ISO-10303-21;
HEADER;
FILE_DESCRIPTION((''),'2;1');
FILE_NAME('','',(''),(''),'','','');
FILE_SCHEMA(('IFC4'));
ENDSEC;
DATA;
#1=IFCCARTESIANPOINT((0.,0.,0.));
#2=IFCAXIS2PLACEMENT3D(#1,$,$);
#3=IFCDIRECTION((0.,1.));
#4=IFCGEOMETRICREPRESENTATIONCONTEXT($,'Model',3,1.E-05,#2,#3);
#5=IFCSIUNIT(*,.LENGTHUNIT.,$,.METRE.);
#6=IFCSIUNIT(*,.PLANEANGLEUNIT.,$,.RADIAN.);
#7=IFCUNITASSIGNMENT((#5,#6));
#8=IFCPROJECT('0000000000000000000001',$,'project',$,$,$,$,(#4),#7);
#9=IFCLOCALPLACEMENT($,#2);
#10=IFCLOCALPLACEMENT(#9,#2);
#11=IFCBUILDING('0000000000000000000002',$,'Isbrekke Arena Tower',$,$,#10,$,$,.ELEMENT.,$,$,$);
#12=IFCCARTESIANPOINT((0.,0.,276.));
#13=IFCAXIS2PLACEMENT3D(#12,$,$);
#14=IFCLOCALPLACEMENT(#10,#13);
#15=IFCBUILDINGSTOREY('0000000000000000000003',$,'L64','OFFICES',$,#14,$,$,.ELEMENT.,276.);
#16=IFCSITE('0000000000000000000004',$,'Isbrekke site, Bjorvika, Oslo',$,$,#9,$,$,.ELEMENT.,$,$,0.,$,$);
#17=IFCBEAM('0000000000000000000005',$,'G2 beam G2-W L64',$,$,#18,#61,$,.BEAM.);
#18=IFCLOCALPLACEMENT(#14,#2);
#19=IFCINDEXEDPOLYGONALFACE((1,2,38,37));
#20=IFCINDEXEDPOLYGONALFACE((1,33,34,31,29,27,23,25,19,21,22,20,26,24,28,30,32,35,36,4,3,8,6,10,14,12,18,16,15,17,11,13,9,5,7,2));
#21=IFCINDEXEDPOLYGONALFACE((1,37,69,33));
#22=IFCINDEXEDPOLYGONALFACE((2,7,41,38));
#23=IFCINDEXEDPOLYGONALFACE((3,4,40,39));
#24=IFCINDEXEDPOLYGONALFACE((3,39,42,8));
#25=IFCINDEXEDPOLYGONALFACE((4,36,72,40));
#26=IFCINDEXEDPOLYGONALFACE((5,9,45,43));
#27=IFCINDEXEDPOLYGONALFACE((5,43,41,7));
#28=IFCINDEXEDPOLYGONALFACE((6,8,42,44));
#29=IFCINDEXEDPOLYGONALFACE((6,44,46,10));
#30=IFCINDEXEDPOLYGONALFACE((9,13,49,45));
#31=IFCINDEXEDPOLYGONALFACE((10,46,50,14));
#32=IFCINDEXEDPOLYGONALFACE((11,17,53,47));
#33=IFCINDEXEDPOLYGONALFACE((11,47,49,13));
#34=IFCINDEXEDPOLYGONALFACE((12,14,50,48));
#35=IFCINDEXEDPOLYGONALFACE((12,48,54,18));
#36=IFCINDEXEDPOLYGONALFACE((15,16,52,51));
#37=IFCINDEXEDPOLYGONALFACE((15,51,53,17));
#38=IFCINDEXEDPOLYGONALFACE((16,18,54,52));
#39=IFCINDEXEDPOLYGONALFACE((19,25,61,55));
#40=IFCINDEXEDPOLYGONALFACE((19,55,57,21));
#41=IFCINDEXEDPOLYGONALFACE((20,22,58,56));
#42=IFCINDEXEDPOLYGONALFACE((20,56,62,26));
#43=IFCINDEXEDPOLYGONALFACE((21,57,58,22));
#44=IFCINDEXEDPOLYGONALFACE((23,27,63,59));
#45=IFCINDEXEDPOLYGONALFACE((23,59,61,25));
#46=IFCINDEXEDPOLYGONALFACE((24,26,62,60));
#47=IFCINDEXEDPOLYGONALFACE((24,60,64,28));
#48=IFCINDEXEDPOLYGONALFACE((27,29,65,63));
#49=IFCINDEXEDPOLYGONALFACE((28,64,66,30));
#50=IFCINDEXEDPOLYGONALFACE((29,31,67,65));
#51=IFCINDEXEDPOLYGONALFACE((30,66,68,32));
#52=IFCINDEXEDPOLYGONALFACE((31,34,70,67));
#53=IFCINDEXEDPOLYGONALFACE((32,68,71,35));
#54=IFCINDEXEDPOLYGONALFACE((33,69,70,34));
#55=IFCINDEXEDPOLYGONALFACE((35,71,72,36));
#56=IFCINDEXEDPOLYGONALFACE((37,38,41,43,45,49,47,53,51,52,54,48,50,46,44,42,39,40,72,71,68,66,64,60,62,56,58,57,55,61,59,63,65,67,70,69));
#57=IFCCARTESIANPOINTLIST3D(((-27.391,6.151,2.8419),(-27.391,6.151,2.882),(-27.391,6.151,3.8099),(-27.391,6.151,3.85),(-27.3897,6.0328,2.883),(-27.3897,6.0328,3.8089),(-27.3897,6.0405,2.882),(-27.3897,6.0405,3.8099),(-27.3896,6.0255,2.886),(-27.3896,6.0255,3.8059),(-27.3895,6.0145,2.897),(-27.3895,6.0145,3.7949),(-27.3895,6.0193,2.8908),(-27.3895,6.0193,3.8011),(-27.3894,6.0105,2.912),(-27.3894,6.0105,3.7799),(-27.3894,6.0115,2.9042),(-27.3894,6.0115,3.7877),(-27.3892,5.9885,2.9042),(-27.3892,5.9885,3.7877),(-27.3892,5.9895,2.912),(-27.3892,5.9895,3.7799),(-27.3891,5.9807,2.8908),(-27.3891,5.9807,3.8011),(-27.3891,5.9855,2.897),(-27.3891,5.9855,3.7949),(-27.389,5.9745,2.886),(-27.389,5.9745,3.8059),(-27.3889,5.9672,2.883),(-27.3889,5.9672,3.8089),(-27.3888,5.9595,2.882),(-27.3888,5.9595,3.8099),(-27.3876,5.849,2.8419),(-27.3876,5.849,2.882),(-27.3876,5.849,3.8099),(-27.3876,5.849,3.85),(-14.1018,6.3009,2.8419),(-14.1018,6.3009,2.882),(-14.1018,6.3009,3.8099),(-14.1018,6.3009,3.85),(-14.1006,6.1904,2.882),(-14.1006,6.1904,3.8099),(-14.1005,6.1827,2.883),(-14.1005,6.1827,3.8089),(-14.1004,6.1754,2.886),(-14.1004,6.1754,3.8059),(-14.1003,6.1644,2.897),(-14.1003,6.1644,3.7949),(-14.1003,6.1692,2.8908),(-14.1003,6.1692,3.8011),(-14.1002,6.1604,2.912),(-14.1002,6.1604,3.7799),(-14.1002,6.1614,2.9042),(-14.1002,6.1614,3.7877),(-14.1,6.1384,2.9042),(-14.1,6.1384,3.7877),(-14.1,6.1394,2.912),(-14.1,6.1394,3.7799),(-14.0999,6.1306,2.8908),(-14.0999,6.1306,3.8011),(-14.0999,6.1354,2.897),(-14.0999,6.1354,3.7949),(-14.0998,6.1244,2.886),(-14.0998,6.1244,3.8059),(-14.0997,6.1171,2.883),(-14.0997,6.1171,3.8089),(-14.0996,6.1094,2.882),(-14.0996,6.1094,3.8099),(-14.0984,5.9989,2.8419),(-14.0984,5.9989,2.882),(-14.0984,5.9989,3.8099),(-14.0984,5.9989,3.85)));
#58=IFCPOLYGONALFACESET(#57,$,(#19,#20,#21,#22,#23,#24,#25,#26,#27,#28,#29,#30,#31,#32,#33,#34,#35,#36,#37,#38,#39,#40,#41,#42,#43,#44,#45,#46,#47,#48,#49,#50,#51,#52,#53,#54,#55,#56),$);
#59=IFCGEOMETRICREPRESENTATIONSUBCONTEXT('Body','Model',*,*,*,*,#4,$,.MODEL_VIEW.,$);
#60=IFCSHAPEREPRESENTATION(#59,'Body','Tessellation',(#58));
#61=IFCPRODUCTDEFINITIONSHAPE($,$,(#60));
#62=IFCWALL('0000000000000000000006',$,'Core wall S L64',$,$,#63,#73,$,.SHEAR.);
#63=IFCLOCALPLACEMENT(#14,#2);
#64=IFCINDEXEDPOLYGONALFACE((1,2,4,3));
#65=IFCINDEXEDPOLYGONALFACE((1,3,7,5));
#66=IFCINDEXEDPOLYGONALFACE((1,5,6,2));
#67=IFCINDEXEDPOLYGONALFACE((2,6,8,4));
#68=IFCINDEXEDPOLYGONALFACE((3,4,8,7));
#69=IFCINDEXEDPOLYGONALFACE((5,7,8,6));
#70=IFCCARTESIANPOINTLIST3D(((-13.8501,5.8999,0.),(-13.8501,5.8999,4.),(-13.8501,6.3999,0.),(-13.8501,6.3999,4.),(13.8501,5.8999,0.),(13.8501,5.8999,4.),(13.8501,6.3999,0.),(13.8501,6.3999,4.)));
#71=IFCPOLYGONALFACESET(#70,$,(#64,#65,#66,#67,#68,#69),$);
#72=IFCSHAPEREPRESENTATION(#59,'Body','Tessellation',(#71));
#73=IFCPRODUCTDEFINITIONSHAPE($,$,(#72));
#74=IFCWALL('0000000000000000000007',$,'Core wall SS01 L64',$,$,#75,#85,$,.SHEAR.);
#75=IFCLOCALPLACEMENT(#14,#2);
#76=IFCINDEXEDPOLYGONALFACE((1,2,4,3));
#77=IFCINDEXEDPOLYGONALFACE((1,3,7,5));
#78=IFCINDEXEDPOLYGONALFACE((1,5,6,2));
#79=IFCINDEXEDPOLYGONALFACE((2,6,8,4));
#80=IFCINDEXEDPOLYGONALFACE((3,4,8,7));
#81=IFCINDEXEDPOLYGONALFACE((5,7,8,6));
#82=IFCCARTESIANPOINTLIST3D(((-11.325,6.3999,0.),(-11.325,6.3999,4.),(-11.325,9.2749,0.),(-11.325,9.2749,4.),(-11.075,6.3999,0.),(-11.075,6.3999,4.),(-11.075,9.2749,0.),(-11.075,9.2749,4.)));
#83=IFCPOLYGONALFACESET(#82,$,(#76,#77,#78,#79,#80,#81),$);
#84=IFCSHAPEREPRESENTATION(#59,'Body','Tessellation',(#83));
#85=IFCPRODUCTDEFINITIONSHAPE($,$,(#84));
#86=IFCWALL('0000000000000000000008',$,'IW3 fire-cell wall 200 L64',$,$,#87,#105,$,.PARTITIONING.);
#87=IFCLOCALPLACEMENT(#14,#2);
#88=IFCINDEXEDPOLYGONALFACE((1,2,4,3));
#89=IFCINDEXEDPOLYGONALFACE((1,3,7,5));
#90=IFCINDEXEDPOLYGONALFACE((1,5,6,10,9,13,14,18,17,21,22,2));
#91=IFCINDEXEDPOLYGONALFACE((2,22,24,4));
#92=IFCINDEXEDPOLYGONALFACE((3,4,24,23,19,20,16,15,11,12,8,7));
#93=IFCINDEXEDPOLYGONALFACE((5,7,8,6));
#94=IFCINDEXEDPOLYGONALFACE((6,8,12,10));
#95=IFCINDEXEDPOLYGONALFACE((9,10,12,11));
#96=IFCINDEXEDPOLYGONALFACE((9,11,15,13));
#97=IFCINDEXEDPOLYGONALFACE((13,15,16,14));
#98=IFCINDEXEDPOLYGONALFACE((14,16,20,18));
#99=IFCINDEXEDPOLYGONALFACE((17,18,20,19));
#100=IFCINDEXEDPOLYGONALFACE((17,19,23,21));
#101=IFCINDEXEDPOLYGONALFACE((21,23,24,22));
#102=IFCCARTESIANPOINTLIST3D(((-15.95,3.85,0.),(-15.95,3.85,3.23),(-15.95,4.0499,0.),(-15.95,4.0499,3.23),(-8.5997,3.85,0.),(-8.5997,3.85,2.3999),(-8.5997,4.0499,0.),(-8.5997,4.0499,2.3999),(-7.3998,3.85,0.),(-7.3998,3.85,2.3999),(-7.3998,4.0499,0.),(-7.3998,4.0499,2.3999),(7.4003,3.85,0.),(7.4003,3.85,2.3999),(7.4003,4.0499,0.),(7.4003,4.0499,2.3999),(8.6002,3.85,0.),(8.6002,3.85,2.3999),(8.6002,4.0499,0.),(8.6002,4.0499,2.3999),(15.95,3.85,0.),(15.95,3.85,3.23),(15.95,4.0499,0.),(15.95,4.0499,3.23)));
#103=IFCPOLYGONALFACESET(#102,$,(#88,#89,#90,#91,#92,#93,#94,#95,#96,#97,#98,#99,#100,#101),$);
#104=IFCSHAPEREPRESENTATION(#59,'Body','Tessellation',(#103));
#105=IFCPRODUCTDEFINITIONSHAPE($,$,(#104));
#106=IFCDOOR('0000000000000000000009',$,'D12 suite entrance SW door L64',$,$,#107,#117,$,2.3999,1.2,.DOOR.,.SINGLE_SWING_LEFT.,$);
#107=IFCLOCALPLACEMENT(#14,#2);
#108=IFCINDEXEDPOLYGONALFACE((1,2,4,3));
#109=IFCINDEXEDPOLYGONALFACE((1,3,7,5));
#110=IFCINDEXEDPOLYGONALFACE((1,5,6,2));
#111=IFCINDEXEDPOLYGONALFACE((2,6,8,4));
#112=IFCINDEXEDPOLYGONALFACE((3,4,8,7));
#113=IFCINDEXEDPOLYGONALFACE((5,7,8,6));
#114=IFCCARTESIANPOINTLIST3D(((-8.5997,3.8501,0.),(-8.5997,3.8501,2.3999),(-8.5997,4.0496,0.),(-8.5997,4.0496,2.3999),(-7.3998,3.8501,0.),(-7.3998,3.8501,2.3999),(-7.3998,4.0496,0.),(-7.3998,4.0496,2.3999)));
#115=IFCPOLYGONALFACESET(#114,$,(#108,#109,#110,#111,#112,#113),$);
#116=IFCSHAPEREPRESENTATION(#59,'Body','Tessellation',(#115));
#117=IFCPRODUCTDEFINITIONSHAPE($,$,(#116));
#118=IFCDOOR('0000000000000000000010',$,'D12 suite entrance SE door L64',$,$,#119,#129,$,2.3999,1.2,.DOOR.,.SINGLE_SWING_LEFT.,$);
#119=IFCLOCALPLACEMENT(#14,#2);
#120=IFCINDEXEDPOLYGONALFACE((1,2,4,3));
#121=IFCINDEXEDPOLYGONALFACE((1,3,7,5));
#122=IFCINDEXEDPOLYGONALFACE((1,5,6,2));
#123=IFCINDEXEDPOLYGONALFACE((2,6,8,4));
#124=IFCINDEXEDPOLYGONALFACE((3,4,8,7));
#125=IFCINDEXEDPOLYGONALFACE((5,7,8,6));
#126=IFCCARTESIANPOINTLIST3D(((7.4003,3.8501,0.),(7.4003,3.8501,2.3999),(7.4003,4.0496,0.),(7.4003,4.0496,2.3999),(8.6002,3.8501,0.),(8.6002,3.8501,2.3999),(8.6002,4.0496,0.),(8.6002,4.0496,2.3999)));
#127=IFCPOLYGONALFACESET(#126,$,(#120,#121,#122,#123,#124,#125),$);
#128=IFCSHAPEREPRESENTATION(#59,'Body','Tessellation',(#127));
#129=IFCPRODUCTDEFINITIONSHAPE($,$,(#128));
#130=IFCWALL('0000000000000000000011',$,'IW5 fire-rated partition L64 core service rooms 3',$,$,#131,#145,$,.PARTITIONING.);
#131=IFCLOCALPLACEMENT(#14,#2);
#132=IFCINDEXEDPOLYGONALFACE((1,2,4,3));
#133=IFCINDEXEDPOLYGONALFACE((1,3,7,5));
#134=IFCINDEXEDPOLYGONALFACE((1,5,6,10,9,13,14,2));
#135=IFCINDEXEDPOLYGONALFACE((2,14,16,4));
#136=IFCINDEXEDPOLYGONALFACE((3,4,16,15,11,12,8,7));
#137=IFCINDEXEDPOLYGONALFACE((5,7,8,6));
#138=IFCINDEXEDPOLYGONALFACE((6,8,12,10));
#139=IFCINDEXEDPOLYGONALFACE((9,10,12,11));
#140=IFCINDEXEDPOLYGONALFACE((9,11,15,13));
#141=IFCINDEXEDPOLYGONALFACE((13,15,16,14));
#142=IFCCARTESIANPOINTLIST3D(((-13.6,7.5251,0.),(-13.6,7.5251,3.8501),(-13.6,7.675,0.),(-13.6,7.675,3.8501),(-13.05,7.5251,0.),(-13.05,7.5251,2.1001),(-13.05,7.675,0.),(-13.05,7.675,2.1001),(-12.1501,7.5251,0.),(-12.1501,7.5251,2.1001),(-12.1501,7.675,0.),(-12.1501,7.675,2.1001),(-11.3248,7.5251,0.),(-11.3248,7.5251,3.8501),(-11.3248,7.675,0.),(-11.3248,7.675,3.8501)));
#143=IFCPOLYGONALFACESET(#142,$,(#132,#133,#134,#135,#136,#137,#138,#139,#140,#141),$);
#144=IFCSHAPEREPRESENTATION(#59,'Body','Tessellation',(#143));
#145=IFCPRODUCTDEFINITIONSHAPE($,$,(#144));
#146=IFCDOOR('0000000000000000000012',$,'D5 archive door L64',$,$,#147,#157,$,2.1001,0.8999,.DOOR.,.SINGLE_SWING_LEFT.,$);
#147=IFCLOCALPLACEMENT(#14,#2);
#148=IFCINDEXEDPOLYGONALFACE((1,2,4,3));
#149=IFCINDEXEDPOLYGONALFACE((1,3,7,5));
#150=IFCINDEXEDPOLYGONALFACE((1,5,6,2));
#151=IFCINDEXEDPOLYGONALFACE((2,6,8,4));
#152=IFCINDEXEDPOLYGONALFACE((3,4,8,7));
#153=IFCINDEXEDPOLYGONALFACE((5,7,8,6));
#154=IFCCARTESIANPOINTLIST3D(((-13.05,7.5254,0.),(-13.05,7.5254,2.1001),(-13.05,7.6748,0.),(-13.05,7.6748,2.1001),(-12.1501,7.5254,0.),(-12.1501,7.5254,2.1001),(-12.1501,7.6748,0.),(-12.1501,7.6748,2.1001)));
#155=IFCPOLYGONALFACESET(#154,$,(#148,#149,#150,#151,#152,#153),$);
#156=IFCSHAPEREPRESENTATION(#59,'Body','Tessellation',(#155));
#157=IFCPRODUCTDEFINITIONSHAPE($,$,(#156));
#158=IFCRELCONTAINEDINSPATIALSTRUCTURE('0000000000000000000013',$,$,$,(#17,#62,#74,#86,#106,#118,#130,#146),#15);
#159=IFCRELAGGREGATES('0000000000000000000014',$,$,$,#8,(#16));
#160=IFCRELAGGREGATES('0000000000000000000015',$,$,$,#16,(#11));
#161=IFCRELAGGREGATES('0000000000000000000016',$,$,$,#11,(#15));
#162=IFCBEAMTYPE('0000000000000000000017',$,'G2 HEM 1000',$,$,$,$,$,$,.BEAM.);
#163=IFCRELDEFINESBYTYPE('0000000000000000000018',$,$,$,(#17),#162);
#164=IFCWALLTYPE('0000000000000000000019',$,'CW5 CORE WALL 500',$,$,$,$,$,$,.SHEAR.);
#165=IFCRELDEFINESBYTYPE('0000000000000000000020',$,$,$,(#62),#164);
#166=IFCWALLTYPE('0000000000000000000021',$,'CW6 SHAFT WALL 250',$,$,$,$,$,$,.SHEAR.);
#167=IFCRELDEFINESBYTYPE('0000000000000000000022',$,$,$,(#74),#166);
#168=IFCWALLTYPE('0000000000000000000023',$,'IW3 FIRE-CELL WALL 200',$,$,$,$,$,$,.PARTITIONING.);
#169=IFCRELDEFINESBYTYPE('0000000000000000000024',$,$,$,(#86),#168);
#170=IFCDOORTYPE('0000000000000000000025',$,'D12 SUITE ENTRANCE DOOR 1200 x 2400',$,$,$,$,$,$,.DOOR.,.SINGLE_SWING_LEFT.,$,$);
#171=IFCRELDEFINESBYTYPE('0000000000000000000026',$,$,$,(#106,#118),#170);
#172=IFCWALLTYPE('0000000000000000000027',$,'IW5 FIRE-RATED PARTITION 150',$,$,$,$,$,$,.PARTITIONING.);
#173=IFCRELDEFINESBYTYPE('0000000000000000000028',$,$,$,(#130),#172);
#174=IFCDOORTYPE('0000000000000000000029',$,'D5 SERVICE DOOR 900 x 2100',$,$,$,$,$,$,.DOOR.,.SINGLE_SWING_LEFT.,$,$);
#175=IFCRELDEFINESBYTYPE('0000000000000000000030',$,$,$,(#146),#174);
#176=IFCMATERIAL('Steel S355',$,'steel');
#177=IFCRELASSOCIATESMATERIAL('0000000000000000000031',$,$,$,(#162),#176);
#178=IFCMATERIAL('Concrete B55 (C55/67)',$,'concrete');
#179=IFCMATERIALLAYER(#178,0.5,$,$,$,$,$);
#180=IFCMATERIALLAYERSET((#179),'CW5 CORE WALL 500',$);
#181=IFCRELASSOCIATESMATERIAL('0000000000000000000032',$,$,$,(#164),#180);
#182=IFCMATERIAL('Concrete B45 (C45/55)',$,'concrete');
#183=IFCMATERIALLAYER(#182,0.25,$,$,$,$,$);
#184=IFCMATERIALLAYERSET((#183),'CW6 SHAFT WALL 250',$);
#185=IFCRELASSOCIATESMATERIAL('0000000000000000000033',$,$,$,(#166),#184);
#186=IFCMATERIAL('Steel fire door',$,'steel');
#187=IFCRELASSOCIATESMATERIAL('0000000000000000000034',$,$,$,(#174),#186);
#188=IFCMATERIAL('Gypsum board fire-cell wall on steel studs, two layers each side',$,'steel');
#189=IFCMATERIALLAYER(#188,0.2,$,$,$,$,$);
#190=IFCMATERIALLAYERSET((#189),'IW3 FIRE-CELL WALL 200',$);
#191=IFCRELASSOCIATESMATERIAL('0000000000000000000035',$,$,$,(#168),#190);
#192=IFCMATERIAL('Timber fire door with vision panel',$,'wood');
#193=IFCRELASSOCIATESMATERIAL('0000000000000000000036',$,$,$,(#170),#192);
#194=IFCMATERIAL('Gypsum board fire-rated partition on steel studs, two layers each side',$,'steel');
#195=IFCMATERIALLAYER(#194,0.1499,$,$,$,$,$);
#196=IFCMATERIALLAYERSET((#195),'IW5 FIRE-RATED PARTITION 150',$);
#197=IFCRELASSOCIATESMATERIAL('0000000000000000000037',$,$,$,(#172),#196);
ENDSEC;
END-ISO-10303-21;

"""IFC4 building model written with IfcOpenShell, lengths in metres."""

from ifc_helpers import new_model, si_unit, direction, frame, frame_2d, origin, origin_2d, place, context, subcontext, project, spatial, rectangle, i_section, extrude, material, layer, layer_set, material_profile, profile_set, type_object, element, fill, save


model = new_model("IFC4")

# Units and contexts
model_context = context("Model", 3, precision=1e-05, world=origin(), true_north=direction((0.0, 1.0)))
body_context = subcontext(model_context, "Body", "Model", "MODEL_VIEW")
ifc_project = project(units=[si_unit("LENGTHUNIT", "METRE"), si_unit("PLANEANGLEUNIT", "RADIAN")], contexts=[model_context])

# Site, building, storey
site_placement = place(None, origin())
site = spatial("IfcSite", under=ifc_project, at=site_placement, Name="Isbrekke site, Bjorvika, Oslo", CompositionType="ELEMENT", RefElevation=0.0)
building_placement = place(site_placement, origin())
building = spatial("IfcBuilding", under=site, at=building_placement, Name="Isbrekke Arena Tower", CompositionType="ELEMENT")
storey_placement = place(building_placement, frame((0.0, 0.0, 276.0)))
storey = spatial("IfcBuildingStorey", under=building, at=storey_placement, Name="L64", Description="OFFICES", CompositionType="ELEMENT", Elevation=276.0)

# Beam
ifc_material_1 = material(Name="Steel S355", Category="steel")
ifc_material_profile = material_profile(ifc_material_1, i_section(OverallWidth=0.302, OverallDepth=1.0081, WebThickness=0.021, FlangeThickness=0.04, FilletRadius=0.03, at=origin_2d()), Name="HEM 1000")
ifc_profile_set = profile_set([ifc_material_profile], Name="Steel S355")
beam_type = type_object("IfcBeamType", Name="G2 HEM 1000", PredefinedType="BEAM", material=ifc_profile_set)
beam_placement = place(storey_placement, frame((-14.1001, 6.1499, 3.3459), z_axis=(-0.999936, -0.011279, 0.0), x_axis=(0.011279, -0.999936, 0.0)))
element("IfcBeam", 1, at=beam_placement, inside=storey, type_object=beam_type, Name="G2 beam G2-W L64", PredefinedType="BEAM", context=body_context, shape_type="SweptSolid", body=[
    extrude(i_section(OverallWidth=0.302, OverallDepth=1.0081, WebThickness=0.021, FlangeThickness=0.04, FilletRadius=0.03, at=origin_2d()), origin(), (0.0, 0.0, 1.0), 13.29),
])

# Wall
ifc_material_2 = material(Name="Concrete B55 (C55/67)", Category="concrete")
ifc_layer_1 = layer(ifc_material_2, 0.5)
ifc_layer_set_1 = layer_set([ifc_layer_1], Name="CW5 CORE WALL 500")
wall_type_1 = type_object("IfcWallType", Name="CW5 CORE WALL 500", PredefinedType="SHEAR", material=ifc_layer_set_1)
wall_1_placement = place(storey_placement, frame((-13.8501, 6.1499, 0.0), z_axis=(0.0, 0.0, 1.0), x_axis=(1.0, 0.0, 0.0)))
element("IfcWall", 2, at=wall_1_placement, inside=storey, type_object=wall_type_1, Name="Core wall S L64", PredefinedType="SHEAR", context=body_context, shape_type="SweptSolid", body=[
    extrude(rectangle(XDim=27.7002, YDim=0.5, at=frame_2d((13.8501, 0.0))), origin(), (0.0, 0.0, 1.0), 4.0),
])

# Shared definitions
ifc_material_3 = material(Name="Concrete B45 (C45/55)", Category="concrete")
ifc_layer_2 = layer(ifc_material_3, 0.25)
ifc_layer_set_2 = layer_set([ifc_layer_2], Name="CW6 SHAFT WALL 250")
wall_type_2 = type_object("IfcWallType", Name="CW6 SHAFT WALL 250", PredefinedType="SHEAR", material=ifc_layer_set_2)
ifc_material_4 = material(Name="Steel fire door", Category="steel")
door_type_1 = type_object("IfcDoorType", Name="D5 SERVICE DOOR 900 x 2100", OperationType="SINGLE_SWING_LEFT", PredefinedType="DOOR", material=ifc_material_4)

# Wall
wall_2_placement = place(storey_placement, frame((-11.2, 6.3999, 0.0), z_axis=(0.0, 0.0, 1.0), x_axis=(0.0, 1.0, 0.0)))
element("IfcWall", 3, at=wall_2_placement, inside=storey, type_object=wall_type_2, Name="Core wall SS01 L64", PredefinedType="SHEAR", context=body_context, shape_type="SweptSolid", body=[
    extrude(rectangle(XDim=2.875, YDim=0.25, at=frame_2d((1.4375, 0.0))), origin(), (0.0, 0.0, 1.0), 4.0),
])

# Wall, openings, doors
ifc_material_5 = material(Name="Gypsum board fire-cell wall on steel studs, two layers each side", Category="steel")
ifc_layer_3 = layer(ifc_material_5, 0.2)
ifc_layer_set_3 = layer_set([ifc_layer_3], Name="IW3 FIRE-CELL WALL 200")
wall_type_3 = type_object("IfcWallType", Name="IW3 FIRE-CELL WALL 200", PredefinedType="PARTITIONING", material=ifc_layer_set_3)
wall_3_placement = place(storey_placement, frame((-15.95, 3.95, 0.0), z_axis=(0.0, 0.0, 1.0), x_axis=(1.0, 0.0, 0.0)))
wall_3 = element("IfcWall", 4, at=wall_3_placement, inside=storey, type_object=wall_type_3, Name="IW3 fire-cell wall 200 L64", PredefinedType="PARTITIONING", context=body_context, shape_type="SweptSolid", body=[
    extrude(rectangle(XDim=31.8999, YDim=0.2, at=frame_2d((15.95, 0.0))), origin(), (0.0, 0.0, 1.0), 3.23),
])
opening_1_placement = place(wall_3_placement, frame((7.3501, 0.0, 0.0)))
opening_1 = element("IfcOpeningElement", 5, at=opening_1_placement, cuts=wall_3, PredefinedType="OPENING", context=body_context, shape_type="SweptSolid", body=[
    extrude(rectangle(XDim=1.2, YDim=2.3999, at=frame_2d((0.6001, 1.2))), frame((0.0, 0.1147, 0.0), z_axis=(0.0, -1.0, 0.0), x_axis=(1.0, 0.0, 0.0)), (0.0, 0.0, 1.0), 0.2297),
])
opening_2_placement = place(wall_3_placement, frame((23.3501, 0.0, 0.0)))
opening_2 = element("IfcOpeningElement", 6, at=opening_2_placement, cuts=wall_3, PredefinedType="OPENING", context=body_context, shape_type="SweptSolid", body=[
    extrude(rectangle(XDim=1.2, YDim=2.3999, at=frame_2d((0.6001, 1.2))), frame((0.0, 0.1147, 0.0), z_axis=(0.0, -1.0, 0.0), x_axis=(1.0, 0.0, 0.0)), (0.0, 0.0, 1.0), 0.2297),
])
ifc_material_6 = material(Name="Timber fire door with vision panel", Category="wood")
door_type_2 = type_object("IfcDoorType", Name="D12 SUITE ENTRANCE DOOR 1200 x 2400", OperationType="SINGLE_SWING_LEFT", PredefinedType="DOOR", material=ifc_material_6)
door_1_placement = place(opening_1_placement, origin())
door_1 = element("IfcDoor", 7, at=door_1_placement, inside=storey, type_object=door_type_2, Name="D12 suite entrance SW door L64", OperationType="SINGLE_SWING_LEFT", OverallHeight=2.3999, OverallWidth=1.2, PredefinedType="DOOR", context=body_context, shape_type="SweptSolid", body=[
    extrude(rectangle(XDim=1.2, YDim=2.3999, at=frame_2d((0.6001, 1.2))), frame((0.0, 0.0996, 0.0), z_axis=(0.0, -1.0, 0.0), x_axis=(1.0, 0.0, 0.0)), (0.0, 0.0, 1.0), 0.1995),
])
fill(opening_1, door_1)
door_2_placement = place(opening_2_placement, origin())
door_2 = element("IfcDoor", 8, at=door_2_placement, inside=storey, type_object=door_type_2, Name="D12 suite entrance SE door L64", OperationType="SINGLE_SWING_LEFT", OverallHeight=2.3999, OverallWidth=1.2, PredefinedType="DOOR", context=body_context, shape_type="SweptSolid", body=[
    extrude(rectangle(XDim=1.2, YDim=2.3999, at=frame_2d((0.6001, 1.2))), frame((0.0, 0.0996, 0.0), z_axis=(0.0, -1.0, 0.0), x_axis=(1.0, 0.0, 0.0)), (0.0, 0.0, 1.0), 0.1995),
])
fill(opening_2, door_2)

# Wall, opening, door
ifc_material_7 = material(Name="Gypsum board fire-rated partition on steel studs, two layers each side", Category="steel")
ifc_layer_4 = layer(ifc_material_7, 0.1499)
ifc_layer_set_4 = layer_set([ifc_layer_4], Name="IW5 FIRE-RATED PARTITION 150")
wall_type_4 = type_object("IfcWallType", Name="IW5 FIRE-RATED PARTITION 150", PredefinedType="PARTITIONING", material=ifc_layer_set_4)
wall_4_placement = place(storey_placement, frame((-13.6001, 7.6001, 0.0), z_axis=(0.0, 0.0, 1.0), x_axis=(1.0, 0.0, 0.0)))
wall_4 = element("IfcWall", 9, at=wall_4_placement, inside=storey, type_object=wall_type_4, Name="IW5 fire-rated partition L64 core service rooms 3", PredefinedType="PARTITIONING", context=body_context, shape_type="SweptSolid", body=[
    extrude(rectangle(XDim=2.2751, YDim=0.1499, at=frame_2d((1.1377, 0.0))), origin(), (0.0, 0.0, 1.0), 3.8501),
])
opening_3_placement = place(wall_4_placement, frame((0.55, 0.0, 0.0)))
opening_3 = element("IfcOpeningElement", 10, at=opening_3_placement, cuts=wall_4, PredefinedType="OPENING", context=body_context, shape_type="SweptSolid", body=[
    extrude(rectangle(XDim=0.8999, YDim=2.1001, at=frame_2d((0.45, 1.05))), frame((0.0, 0.0898, 0.0), z_axis=(0.0, -1.0, 0.0), x_axis=(1.0, 0.0, 0.0)), (0.0, 0.0, 1.0), 0.1797),
])
door_3_placement = place(opening_3_placement, origin())
door_3 = element("IfcDoor", 11, at=door_3_placement, inside=storey, type_object=door_type_1, Name="D5 archive door L64", OperationType="SINGLE_SWING_LEFT", OverallHeight=2.1001, OverallWidth=0.8999, PredefinedType="DOOR", context=body_context, shape_type="SweptSolid", body=[
    extrude(rectangle(XDim=0.8999, YDim=2.1001, at=frame_2d((0.45, 1.05))), frame((0.0, 0.0747, 0.0), z_axis=(0.0, -1.0, 0.0), x_axis=(1.0, 0.0, 0.0)), (0.0, 0.0, 1.0), 0.1494),
])
fill(opening_3, door_3)

save(model, "model.ifc")
